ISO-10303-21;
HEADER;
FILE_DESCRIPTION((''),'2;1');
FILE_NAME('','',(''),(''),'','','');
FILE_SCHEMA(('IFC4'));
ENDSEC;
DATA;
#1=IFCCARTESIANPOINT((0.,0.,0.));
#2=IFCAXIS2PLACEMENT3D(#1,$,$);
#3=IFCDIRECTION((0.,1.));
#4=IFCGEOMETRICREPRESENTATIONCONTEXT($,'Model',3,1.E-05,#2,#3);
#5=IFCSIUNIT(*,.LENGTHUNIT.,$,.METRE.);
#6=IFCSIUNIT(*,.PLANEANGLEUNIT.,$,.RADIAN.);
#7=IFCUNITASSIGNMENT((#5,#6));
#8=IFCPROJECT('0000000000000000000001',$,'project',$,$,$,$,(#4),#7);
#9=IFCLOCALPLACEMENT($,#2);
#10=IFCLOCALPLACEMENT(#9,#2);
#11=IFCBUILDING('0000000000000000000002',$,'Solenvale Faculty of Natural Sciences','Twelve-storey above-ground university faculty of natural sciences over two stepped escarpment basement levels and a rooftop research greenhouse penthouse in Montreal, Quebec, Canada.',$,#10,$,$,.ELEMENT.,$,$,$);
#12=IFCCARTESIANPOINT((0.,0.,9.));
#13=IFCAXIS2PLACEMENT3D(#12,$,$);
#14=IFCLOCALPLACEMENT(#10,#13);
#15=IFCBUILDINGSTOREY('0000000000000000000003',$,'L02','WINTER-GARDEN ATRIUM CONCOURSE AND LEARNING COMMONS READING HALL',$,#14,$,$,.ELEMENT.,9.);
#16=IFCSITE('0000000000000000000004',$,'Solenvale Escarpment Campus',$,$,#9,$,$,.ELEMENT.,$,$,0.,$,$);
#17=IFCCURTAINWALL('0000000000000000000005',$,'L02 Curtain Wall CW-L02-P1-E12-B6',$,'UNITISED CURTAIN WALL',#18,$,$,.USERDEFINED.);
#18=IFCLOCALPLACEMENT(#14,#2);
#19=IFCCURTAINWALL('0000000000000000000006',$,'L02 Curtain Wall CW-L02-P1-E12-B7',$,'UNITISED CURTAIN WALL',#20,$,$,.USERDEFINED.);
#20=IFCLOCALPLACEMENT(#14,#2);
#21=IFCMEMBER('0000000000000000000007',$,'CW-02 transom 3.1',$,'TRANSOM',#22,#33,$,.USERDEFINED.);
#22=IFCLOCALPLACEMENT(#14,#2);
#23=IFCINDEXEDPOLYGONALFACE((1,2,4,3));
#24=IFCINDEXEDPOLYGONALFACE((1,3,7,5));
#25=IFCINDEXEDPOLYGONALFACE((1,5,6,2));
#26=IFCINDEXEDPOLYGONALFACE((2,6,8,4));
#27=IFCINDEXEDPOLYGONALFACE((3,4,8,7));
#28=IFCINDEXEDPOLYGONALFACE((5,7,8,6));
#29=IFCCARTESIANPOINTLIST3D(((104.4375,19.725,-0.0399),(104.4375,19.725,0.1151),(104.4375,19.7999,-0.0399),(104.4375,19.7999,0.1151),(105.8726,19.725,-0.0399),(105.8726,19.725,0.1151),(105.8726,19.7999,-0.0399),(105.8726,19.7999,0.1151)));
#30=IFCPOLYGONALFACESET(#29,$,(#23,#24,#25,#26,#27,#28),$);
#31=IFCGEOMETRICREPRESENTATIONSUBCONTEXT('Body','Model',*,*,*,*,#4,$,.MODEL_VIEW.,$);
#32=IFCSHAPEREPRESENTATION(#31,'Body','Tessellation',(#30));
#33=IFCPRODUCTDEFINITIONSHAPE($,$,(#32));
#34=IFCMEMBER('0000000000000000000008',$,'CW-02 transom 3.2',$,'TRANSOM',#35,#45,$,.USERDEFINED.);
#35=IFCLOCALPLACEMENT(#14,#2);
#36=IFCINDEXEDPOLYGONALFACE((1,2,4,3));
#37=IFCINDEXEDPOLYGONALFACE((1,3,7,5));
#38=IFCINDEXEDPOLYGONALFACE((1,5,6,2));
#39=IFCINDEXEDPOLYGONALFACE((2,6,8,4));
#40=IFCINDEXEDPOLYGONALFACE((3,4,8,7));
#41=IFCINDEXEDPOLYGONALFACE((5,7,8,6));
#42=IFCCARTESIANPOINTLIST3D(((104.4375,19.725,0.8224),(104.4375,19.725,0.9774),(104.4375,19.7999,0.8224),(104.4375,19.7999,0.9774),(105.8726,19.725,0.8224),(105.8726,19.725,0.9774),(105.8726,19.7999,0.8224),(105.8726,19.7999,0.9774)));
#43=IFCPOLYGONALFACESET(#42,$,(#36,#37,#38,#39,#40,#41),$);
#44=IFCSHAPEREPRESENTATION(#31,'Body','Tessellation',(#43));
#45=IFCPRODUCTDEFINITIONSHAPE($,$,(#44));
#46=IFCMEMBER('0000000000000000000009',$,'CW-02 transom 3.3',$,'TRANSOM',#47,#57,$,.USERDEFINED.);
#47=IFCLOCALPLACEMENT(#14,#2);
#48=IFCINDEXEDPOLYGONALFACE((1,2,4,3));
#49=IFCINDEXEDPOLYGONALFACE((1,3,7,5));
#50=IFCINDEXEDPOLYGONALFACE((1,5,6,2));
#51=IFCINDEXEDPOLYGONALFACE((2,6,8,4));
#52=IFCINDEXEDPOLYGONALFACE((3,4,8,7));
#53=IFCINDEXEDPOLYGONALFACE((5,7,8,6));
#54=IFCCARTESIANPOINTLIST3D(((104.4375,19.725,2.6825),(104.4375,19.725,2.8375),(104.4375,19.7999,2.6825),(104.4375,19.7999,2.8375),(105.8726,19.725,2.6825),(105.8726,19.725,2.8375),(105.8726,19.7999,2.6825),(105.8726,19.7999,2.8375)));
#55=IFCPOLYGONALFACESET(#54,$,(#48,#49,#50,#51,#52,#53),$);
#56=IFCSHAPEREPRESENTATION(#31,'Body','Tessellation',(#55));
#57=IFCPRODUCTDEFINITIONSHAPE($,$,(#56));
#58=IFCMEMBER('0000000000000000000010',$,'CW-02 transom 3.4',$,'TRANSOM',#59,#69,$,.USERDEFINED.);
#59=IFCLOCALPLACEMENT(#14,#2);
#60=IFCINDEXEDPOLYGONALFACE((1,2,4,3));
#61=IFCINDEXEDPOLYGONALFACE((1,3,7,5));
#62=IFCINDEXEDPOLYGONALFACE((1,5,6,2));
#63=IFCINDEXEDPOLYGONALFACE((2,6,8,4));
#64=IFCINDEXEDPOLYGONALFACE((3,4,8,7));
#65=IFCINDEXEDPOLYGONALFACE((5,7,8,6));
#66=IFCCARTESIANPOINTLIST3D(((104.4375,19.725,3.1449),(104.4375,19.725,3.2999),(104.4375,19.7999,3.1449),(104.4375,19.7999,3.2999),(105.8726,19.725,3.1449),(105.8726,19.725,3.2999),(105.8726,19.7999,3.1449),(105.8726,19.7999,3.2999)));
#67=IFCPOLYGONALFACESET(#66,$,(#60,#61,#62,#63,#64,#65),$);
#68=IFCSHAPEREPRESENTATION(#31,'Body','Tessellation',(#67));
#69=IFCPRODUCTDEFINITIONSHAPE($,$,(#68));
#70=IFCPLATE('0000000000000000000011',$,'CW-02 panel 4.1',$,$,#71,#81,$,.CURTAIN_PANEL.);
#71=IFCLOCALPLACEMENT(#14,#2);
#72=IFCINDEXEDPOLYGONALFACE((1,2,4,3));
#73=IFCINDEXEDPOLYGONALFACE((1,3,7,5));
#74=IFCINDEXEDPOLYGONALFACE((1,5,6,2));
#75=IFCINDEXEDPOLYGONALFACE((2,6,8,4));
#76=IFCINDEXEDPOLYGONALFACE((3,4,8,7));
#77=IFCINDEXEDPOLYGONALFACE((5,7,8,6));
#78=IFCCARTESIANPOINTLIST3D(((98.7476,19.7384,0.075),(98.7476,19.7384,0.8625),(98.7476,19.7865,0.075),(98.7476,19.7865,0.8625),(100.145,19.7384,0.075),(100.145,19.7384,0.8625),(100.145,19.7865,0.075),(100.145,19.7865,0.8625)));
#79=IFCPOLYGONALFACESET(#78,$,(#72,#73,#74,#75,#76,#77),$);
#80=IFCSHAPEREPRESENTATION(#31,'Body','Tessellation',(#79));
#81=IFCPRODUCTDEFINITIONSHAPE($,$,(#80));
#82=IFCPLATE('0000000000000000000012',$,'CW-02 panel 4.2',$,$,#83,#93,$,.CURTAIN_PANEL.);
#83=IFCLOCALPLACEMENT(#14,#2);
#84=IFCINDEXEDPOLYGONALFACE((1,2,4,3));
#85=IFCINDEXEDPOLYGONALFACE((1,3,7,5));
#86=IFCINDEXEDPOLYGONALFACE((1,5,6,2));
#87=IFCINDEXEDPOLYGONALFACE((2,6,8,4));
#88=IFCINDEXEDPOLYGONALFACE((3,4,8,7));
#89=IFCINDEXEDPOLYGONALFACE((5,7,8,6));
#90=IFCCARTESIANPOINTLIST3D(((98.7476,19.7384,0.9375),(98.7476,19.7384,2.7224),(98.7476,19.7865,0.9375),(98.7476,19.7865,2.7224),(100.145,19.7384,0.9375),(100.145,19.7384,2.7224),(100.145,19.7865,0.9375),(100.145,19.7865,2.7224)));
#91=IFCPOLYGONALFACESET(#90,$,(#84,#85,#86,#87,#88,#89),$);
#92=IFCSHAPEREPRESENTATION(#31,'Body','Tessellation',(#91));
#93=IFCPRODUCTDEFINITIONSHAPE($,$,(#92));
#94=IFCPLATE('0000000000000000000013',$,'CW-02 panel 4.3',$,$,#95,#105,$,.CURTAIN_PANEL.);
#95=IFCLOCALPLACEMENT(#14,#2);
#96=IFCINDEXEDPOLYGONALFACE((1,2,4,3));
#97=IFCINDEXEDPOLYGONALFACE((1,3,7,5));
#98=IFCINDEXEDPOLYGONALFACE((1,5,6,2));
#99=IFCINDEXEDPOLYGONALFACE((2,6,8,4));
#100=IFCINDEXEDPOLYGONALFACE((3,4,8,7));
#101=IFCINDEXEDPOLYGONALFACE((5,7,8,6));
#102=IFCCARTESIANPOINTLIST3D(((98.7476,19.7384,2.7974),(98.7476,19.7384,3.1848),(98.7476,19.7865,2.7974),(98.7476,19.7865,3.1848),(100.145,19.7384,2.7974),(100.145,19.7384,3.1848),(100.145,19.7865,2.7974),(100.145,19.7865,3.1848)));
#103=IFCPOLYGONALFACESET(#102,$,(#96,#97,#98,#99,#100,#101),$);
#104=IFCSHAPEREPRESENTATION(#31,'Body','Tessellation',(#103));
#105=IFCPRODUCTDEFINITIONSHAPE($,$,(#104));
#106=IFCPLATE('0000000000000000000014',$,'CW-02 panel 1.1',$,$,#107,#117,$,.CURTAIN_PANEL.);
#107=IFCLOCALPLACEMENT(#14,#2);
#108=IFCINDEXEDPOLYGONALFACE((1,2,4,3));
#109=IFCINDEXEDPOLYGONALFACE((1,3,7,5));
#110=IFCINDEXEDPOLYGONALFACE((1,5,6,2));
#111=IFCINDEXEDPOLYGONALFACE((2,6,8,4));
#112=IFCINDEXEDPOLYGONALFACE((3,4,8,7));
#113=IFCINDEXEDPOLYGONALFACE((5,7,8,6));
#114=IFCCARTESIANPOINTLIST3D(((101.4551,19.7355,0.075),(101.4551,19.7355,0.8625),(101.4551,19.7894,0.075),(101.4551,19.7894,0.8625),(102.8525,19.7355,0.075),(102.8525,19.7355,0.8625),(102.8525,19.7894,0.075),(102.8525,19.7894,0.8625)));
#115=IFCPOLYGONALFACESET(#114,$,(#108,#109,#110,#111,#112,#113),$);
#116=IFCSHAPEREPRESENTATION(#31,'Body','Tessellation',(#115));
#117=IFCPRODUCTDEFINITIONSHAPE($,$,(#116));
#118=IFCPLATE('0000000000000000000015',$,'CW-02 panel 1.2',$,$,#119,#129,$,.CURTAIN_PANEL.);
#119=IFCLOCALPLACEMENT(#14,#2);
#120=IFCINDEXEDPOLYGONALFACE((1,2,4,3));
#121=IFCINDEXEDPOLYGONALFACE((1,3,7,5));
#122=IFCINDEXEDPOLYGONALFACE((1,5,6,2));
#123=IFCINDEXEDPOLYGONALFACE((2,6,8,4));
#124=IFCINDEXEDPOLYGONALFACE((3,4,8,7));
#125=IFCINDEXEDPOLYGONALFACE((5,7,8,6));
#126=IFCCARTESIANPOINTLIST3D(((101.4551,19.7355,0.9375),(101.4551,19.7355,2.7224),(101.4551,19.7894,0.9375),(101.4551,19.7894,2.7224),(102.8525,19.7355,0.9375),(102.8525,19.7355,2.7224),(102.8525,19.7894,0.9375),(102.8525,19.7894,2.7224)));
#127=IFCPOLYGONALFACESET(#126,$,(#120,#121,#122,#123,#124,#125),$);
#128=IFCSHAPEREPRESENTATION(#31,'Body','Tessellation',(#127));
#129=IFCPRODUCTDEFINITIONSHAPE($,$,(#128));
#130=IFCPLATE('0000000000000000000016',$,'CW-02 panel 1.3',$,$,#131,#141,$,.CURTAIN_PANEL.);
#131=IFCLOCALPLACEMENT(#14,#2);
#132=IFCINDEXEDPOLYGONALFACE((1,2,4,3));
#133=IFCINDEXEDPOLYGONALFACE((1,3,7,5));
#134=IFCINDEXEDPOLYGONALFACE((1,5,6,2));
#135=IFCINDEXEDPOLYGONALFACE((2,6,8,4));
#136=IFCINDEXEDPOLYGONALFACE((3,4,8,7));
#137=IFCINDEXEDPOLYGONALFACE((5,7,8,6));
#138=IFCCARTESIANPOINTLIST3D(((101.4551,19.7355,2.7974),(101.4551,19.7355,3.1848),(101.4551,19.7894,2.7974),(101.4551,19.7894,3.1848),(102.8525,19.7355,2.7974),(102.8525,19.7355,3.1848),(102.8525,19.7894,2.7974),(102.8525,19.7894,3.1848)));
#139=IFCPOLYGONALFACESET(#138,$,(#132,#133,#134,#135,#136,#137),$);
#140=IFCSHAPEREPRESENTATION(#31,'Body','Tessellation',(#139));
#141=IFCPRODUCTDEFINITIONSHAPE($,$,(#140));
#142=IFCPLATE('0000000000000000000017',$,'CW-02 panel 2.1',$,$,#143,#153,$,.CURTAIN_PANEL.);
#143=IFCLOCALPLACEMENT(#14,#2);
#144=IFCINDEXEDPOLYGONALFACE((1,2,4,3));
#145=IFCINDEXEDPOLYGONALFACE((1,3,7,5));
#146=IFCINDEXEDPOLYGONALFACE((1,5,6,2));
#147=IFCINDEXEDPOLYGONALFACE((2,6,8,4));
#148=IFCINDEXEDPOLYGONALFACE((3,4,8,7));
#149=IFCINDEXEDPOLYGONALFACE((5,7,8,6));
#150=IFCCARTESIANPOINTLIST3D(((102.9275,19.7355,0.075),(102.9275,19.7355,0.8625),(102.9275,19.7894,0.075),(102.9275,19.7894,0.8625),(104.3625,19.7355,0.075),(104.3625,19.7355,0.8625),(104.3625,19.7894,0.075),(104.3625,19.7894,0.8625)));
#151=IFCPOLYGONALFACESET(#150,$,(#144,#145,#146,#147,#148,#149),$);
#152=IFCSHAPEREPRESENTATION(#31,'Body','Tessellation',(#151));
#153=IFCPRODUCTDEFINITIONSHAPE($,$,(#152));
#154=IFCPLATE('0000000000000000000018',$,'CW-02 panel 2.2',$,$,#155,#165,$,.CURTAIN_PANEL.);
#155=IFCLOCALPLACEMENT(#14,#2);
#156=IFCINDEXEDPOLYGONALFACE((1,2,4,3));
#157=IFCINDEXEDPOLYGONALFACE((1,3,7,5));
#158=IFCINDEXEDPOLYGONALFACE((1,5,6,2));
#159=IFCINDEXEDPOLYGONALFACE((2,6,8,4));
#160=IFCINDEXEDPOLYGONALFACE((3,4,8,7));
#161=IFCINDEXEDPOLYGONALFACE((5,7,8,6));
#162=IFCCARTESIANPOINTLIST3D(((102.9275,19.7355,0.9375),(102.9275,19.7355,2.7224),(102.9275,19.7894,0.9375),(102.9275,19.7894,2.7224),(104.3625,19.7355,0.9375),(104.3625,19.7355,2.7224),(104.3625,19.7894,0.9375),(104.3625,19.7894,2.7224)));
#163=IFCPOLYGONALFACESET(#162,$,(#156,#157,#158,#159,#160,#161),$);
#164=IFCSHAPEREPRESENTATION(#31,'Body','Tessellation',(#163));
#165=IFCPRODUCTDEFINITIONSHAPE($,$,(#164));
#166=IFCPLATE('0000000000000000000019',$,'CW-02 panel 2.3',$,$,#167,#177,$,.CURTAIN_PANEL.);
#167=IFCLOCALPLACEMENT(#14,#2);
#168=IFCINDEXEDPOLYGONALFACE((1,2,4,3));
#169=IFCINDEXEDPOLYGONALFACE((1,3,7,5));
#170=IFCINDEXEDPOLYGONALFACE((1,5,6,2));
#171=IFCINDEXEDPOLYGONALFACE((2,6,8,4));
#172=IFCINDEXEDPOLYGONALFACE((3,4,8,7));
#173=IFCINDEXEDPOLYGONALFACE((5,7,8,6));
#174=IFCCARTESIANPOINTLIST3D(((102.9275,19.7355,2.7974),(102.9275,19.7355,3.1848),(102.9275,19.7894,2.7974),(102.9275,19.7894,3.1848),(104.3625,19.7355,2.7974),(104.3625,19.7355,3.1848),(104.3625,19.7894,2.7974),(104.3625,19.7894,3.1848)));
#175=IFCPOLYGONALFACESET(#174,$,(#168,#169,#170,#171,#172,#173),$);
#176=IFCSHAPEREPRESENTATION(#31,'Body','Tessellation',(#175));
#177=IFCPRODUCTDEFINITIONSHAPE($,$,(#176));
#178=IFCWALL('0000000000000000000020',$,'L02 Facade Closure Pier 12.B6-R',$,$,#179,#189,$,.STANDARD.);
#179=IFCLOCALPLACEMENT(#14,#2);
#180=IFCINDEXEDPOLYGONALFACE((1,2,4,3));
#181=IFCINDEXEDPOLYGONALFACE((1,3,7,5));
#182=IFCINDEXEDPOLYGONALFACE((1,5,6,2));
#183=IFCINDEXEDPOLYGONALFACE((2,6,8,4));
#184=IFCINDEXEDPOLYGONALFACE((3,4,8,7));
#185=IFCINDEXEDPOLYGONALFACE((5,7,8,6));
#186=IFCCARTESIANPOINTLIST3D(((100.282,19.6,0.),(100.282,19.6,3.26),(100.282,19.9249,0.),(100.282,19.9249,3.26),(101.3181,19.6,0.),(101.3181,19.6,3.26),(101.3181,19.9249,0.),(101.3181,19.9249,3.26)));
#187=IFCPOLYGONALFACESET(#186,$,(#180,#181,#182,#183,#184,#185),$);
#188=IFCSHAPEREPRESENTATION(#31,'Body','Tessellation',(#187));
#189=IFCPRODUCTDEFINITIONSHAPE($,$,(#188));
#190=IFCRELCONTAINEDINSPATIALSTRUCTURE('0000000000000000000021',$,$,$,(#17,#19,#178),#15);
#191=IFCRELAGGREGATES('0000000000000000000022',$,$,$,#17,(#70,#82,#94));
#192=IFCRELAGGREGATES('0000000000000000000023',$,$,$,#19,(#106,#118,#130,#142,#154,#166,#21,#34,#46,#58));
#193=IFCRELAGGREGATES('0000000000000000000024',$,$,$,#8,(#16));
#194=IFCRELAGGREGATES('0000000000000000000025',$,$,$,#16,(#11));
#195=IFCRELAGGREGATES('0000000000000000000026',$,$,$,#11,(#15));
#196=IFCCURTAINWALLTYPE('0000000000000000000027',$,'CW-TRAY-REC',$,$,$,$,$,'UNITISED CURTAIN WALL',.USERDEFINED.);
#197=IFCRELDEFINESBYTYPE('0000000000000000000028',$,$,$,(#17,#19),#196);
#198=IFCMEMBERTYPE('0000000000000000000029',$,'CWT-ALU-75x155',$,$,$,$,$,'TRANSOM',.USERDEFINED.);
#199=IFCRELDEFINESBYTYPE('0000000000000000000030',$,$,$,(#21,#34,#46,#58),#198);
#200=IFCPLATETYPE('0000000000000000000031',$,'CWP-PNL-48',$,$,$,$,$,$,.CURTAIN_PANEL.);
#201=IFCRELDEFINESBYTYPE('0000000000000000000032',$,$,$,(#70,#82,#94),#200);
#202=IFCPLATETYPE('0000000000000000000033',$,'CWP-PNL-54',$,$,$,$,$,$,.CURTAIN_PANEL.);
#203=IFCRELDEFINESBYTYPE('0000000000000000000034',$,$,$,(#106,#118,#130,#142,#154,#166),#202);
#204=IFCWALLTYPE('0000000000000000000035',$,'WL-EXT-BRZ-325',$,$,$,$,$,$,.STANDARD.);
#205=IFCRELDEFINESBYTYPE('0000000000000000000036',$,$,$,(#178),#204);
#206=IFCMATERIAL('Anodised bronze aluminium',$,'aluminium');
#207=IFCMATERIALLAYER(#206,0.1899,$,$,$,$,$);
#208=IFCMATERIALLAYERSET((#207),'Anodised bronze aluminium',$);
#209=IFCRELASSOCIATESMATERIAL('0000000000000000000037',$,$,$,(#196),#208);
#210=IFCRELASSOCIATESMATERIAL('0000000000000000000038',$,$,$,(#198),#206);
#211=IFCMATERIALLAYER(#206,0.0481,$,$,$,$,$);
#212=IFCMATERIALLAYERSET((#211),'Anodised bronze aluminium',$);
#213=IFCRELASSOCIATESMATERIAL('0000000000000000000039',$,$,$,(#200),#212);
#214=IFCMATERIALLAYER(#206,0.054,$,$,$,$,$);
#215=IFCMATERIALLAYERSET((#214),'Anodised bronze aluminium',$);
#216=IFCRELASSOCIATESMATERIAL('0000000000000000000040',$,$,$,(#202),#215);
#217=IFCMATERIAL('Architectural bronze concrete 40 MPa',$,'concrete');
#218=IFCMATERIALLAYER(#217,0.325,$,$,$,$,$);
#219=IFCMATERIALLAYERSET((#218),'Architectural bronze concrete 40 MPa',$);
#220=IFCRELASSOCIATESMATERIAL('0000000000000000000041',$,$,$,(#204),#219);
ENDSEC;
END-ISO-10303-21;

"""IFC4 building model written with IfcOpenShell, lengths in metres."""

from ifc_helpers import new_model, si_unit, direction, frame, frame_2d, origin, origin_2d, place, context, subcontext, project, spatial, rectangle, extrude, material, layer, layer_set, material_profile, profile_set, type_object, element, aggregate, save


model = new_model("IFC4")

# Units and contexts
model_context = context("Model", 3, precision=1e-05, world=origin(), true_north=direction((0.0, 1.0)))
body_context = subcontext(model_context, "Body", "Model", "MODEL_VIEW")
ifc_project = project(units=[si_unit("LENGTHUNIT", "METRE"), si_unit("PLANEANGLEUNIT", "RADIAN")], contexts=[model_context])

# Site, building, storey
site_placement = place(None, origin())
site = spatial("IfcSite", under=ifc_project, at=site_placement, Name="Solenvale Escarpment Campus", CompositionType="ELEMENT", RefElevation=0.0)
building_placement = place(site_placement, origin())
building = spatial("IfcBuilding", under=site, at=building_placement, Name="Solenvale Faculty of Natural Sciences", Description="Twelve-storey above-ground university faculty of natural sciences over two stepped escarpment basement levels and a rooftop research greenhouse penthouse in Montreal, Quebec, Canada.", CompositionType="ELEMENT")
storey_placement = place(building_placement, frame((0.0, 0.0, 9.0)))
storey = spatial("IfcBuildingStorey", under=building, at=storey_placement, Name="L02", Description="WINTER-GARDEN ATRIUM CONCOURSE AND LEARNING COMMONS READING HALL", CompositionType="ELEMENT", Elevation=9.0)

# Curtain wall
ifc_material_1 = material(Name="Anodised bronze aluminium", Category="aluminium")
ifc_layer_1 = layer(ifc_material_1, 0.1899)
ifc_layer_set_1 = layer_set([ifc_layer_1], Name="Anodised bronze aluminium")
curtain_wall_type = type_object("IfcCurtainWallType", Name="CW-TRAY-REC", ElementType="UNITISED CURTAIN WALL", PredefinedType="USERDEFINED", material=ifc_layer_set_1)
curtain_wall_1_placement = place(storey_placement, origin())
curtain_wall_1 = element("IfcCurtainWall", 1, at=curtain_wall_1_placement, inside=storey, type_object=curtain_wall_type, Name="L02 Curtain Wall CW-L02-P1-E12-B6", ObjectType="UNITISED CURTAIN WALL", PredefinedType="USERDEFINED")

# Curtain wall, members
curtain_wall_2_placement = place(storey_placement, origin())
curtain_wall_2 = element("IfcCurtainWall", 2, at=curtain_wall_2_placement, inside=storey, type_object=curtain_wall_type, Name="L02 Curtain Wall CW-L02-P1-E12-B7", ObjectType="UNITISED CURTAIN WALL", PredefinedType="USERDEFINED")
ifc_material_profile_1 = material_profile(ifc_material_1, rectangle(XDim=0.075, YDim=0.155, at=origin_2d()), Name="ALU-TRN-75x155")
ifc_profile_set_1 = profile_set([ifc_material_profile_1], Name="Anodised bronze aluminium")
member_type_1 = type_object("IfcMemberType", Name="CWT-ALU-75x155", ElementType="TRANSOM", PredefinedType="USERDEFINED", material=ifc_profile_set_1)
member_1_placement = place(storey_placement, frame((104.4375, 19.7625, 0.0376), z_axis=(1.0, 0.0, 0.0), x_axis=(0.0, 1.0, 0.0)))
member_1 = element("IfcMember", 3, at=member_1_placement, type_object=member_type_1, Name="CW-02 transom 3.1", ObjectType="TRANSOM", PredefinedType="USERDEFINED", context=body_context, shape_type="SweptSolid", body=[
    extrude(rectangle(XDim=0.075, YDim=0.155, at=origin_2d()), origin(), (0.0, 0.0, 1.0), 1.4351),
])
member_2_placement = place(storey_placement, frame((104.4375, 19.7625, 0.8999), z_axis=(1.0, 0.0, 0.0), x_axis=(0.0, 1.0, 0.0)))
member_2 = element("IfcMember", 4, at=member_2_placement, type_object=member_type_1, Name="CW-02 transom 3.2", ObjectType="TRANSOM", PredefinedType="USERDEFINED", context=body_context, shape_type="SweptSolid", body=[
    extrude(rectangle(XDim=0.075, YDim=0.155, at=origin_2d()), origin(), (0.0, 0.0, 1.0), 1.4351),
])
member_3_placement = place(storey_placement, frame((104.4375, 19.7625, 2.76), z_axis=(1.0, 0.0, 0.0), x_axis=(0.0, 1.0, 0.0)))
member_3 = element("IfcMember", 5, at=member_3_placement, type_object=member_type_1, Name="CW-02 transom 3.3", ObjectType="TRANSOM", PredefinedType="USERDEFINED", context=body_context, shape_type="SweptSolid", body=[
    extrude(rectangle(XDim=0.075, YDim=0.155, at=origin_2d()), origin(), (0.0, 0.0, 1.0), 1.4351),
])
member_4_placement = place(storey_placement, frame((104.4375, 19.7625, 3.2224), z_axis=(1.0, 0.0, 0.0), x_axis=(0.0, 1.0, 0.0)))
member_4 = element("IfcMember", 6, at=member_4_placement, type_object=member_type_1, Name="CW-02 transom 3.4", ObjectType="TRANSOM", PredefinedType="USERDEFINED", context=body_context, shape_type="SweptSolid", body=[
    extrude(rectangle(XDim=0.075, YDim=0.155, at=origin_2d()), origin(), (0.0, 0.0, 1.0), 1.4351),
])

# Plates
ifc_layer_2 = layer(ifc_material_1, 0.0481)
ifc_layer_set_2 = layer_set([ifc_layer_2], Name="Anodised bronze aluminium")
plate_type_1 = type_object("IfcPlateType", Name="CWP-PNL-48", PredefinedType="CURTAIN_PANEL", material=ifc_layer_set_2)
plate_1_placement = place(storey_placement, frame((99.4463, 19.7625, 0.075), z_axis=(0.0, 0.0, 1.0), x_axis=(1.0, 0.0, 0.0)))
plate_1 = element("IfcPlate", 7, at=plate_1_placement, type_object=plate_type_1, Name="CW-02 panel 4.1", PredefinedType="CURTAIN_PANEL", context=body_context, shape_type="SweptSolid", body=[
    extrude(rectangle(XDim=1.3975, YDim=0.0481, at=origin_2d()), origin(), (0.0, 0.0, 1.0), 0.7876),
])
plate_2_placement = place(storey_placement, frame((99.4463, 19.7625, 0.9375), z_axis=(0.0, 0.0, 1.0), x_axis=(1.0, 0.0, 0.0)))
plate_2 = element("IfcPlate", 8, at=plate_2_placement, type_object=plate_type_1, Name="CW-02 panel 4.2", PredefinedType="CURTAIN_PANEL", context=body_context, shape_type="SweptSolid", body=[
    extrude(rectangle(XDim=1.3975, YDim=0.0481, at=origin_2d()), origin(), (0.0, 0.0, 1.0), 1.7849),
])
plate_3_placement = place(storey_placement, frame((99.4463, 19.7625, 2.7974), z_axis=(0.0, 0.0, 1.0), x_axis=(1.0, 0.0, 0.0)))
plate_3 = element("IfcPlate", 9, at=plate_3_placement, type_object=plate_type_1, Name="CW-02 panel 4.3", PredefinedType="CURTAIN_PANEL", context=body_context, shape_type="SweptSolid", body=[
    extrude(rectangle(XDim=1.3975, YDim=0.0481, at=origin_2d()), origin(), (0.0, 0.0, 1.0), 0.3875),
])
aggregate(curtain_wall_1, [plate_1, plate_2, plate_3])
ifc_layer_3 = layer(ifc_material_1, 0.054)
ifc_layer_set_3 = layer_set([ifc_layer_3], Name="Anodised bronze aluminium")
plate_type_2 = type_object("IfcPlateType", Name="CWP-PNL-54", PredefinedType="CURTAIN_PANEL", material=ifc_layer_set_3)
plate_4_placement = place(storey_placement, frame((102.1538, 19.7625, 0.075), z_axis=(0.0, 0.0, 1.0), x_axis=(1.0, 0.0, 0.0)))
plate_4 = element("IfcPlate", 10, at=plate_4_placement, type_object=plate_type_2, Name="CW-02 panel 1.1", PredefinedType="CURTAIN_PANEL", context=body_context, shape_type="SweptSolid", body=[
    extrude(rectangle(XDim=1.3975, YDim=0.054, at=origin_2d()), origin(), (0.0, 0.0, 1.0), 0.7876),
])
plate_5_placement = place(storey_placement, frame((102.1538, 19.7625, 0.9375), z_axis=(0.0, 0.0, 1.0), x_axis=(1.0, 0.0, 0.0)))
plate_5 = element("IfcPlate", 11, at=plate_5_placement, type_object=plate_type_2, Name="CW-02 panel 1.2", PredefinedType="CURTAIN_PANEL", context=body_context, shape_type="SweptSolid", body=[
    extrude(rectangle(XDim=1.3975, YDim=0.054, at=origin_2d()), origin(), (0.0, 0.0, 1.0), 1.7849),
])
plate_6_placement = place(storey_placement, frame((102.1538, 19.7625, 2.7974), z_axis=(0.0, 0.0, 1.0), x_axis=(1.0, 0.0, 0.0)))
plate_6 = element("IfcPlate", 12, at=plate_6_placement, type_object=plate_type_2, Name="CW-02 panel 1.3", PredefinedType="CURTAIN_PANEL", context=body_context, shape_type="SweptSolid", body=[
    extrude(rectangle(XDim=1.3975, YDim=0.054, at=origin_2d()), origin(), (0.0, 0.0, 1.0), 0.3875),
])
plate_7_placement = place(storey_placement, frame((103.645, 19.7625, 0.075), z_axis=(0.0, 0.0, 1.0), x_axis=(1.0, 0.0, 0.0)))
plate_7 = element("IfcPlate", 13, at=plate_7_placement, type_object=plate_type_2, Name="CW-02 panel 2.1", PredefinedType="CURTAIN_PANEL", context=body_context, shape_type="SweptSolid", body=[
    extrude(rectangle(XDim=1.4351, YDim=0.054, at=origin_2d()), origin(), (0.0, 0.0, 1.0), 0.7876),
])
plate_8_placement = place(storey_placement, frame((103.645, 19.7625, 0.9375), z_axis=(0.0, 0.0, 1.0), x_axis=(1.0, 0.0, 0.0)))
plate_8 = element("IfcPlate", 14, at=plate_8_placement, type_object=plate_type_2, Name="CW-02 panel 2.2", PredefinedType="CURTAIN_PANEL", context=body_context, shape_type="SweptSolid", body=[
    extrude(rectangle(XDim=1.4351, YDim=0.054, at=origin_2d()), origin(), (0.0, 0.0, 1.0), 1.7849),
])
plate_9_placement = place(storey_placement, frame((103.645, 19.7625, 2.7974), z_axis=(0.0, 0.0, 1.0), x_axis=(1.0, 0.0, 0.0)))
plate_9 = element("IfcPlate", 15, at=plate_9_placement, type_object=plate_type_2, Name="CW-02 panel 2.3", PredefinedType="CURTAIN_PANEL", context=body_context, shape_type="SweptSolid", body=[
    extrude(rectangle(XDim=1.4351, YDim=0.054, at=origin_2d()), origin(), (0.0, 0.0, 1.0), 0.3875),
])
aggregate(curtain_wall_2, [plate_4, plate_5, plate_6, plate_7, plate_8, plate_9, member_1, member_2, member_3, member_4])

# Wall
ifc_material_2 = material(Name="Architectural bronze concrete 40 MPa", Category="concrete")
ifc_layer_4 = layer(ifc_material_2, 0.325)
ifc_layer_set_4 = layer_set([ifc_layer_4], Name="Architectural bronze concrete 40 MPa")
wall_type_1 = type_object("IfcWallType", Name="WL-EXT-BRZ-325", PredefinedType="STANDARD", material=ifc_layer_set_4)
wall_1_placement = place(storey_placement, frame((100.282, 19.7625, 0.0), z_axis=(0.0, 0.0, 1.0), x_axis=(1.0, 0.0, 0.0)))
element("IfcWall", 16, at=wall_1_placement, inside=storey, type_object=wall_type_1, Name="L02 Facade Closure Pier 12.B6-R", PredefinedType="STANDARD", context=body_context, shape_type="SweptSolid", body=[
    extrude(rectangle(XDim=1.0361, YDim=0.325, at=frame_2d((0.5181, 0.0))), origin(), (0.0, 0.0, 1.0), 3.26),
])

save(model, "model.ifc")
